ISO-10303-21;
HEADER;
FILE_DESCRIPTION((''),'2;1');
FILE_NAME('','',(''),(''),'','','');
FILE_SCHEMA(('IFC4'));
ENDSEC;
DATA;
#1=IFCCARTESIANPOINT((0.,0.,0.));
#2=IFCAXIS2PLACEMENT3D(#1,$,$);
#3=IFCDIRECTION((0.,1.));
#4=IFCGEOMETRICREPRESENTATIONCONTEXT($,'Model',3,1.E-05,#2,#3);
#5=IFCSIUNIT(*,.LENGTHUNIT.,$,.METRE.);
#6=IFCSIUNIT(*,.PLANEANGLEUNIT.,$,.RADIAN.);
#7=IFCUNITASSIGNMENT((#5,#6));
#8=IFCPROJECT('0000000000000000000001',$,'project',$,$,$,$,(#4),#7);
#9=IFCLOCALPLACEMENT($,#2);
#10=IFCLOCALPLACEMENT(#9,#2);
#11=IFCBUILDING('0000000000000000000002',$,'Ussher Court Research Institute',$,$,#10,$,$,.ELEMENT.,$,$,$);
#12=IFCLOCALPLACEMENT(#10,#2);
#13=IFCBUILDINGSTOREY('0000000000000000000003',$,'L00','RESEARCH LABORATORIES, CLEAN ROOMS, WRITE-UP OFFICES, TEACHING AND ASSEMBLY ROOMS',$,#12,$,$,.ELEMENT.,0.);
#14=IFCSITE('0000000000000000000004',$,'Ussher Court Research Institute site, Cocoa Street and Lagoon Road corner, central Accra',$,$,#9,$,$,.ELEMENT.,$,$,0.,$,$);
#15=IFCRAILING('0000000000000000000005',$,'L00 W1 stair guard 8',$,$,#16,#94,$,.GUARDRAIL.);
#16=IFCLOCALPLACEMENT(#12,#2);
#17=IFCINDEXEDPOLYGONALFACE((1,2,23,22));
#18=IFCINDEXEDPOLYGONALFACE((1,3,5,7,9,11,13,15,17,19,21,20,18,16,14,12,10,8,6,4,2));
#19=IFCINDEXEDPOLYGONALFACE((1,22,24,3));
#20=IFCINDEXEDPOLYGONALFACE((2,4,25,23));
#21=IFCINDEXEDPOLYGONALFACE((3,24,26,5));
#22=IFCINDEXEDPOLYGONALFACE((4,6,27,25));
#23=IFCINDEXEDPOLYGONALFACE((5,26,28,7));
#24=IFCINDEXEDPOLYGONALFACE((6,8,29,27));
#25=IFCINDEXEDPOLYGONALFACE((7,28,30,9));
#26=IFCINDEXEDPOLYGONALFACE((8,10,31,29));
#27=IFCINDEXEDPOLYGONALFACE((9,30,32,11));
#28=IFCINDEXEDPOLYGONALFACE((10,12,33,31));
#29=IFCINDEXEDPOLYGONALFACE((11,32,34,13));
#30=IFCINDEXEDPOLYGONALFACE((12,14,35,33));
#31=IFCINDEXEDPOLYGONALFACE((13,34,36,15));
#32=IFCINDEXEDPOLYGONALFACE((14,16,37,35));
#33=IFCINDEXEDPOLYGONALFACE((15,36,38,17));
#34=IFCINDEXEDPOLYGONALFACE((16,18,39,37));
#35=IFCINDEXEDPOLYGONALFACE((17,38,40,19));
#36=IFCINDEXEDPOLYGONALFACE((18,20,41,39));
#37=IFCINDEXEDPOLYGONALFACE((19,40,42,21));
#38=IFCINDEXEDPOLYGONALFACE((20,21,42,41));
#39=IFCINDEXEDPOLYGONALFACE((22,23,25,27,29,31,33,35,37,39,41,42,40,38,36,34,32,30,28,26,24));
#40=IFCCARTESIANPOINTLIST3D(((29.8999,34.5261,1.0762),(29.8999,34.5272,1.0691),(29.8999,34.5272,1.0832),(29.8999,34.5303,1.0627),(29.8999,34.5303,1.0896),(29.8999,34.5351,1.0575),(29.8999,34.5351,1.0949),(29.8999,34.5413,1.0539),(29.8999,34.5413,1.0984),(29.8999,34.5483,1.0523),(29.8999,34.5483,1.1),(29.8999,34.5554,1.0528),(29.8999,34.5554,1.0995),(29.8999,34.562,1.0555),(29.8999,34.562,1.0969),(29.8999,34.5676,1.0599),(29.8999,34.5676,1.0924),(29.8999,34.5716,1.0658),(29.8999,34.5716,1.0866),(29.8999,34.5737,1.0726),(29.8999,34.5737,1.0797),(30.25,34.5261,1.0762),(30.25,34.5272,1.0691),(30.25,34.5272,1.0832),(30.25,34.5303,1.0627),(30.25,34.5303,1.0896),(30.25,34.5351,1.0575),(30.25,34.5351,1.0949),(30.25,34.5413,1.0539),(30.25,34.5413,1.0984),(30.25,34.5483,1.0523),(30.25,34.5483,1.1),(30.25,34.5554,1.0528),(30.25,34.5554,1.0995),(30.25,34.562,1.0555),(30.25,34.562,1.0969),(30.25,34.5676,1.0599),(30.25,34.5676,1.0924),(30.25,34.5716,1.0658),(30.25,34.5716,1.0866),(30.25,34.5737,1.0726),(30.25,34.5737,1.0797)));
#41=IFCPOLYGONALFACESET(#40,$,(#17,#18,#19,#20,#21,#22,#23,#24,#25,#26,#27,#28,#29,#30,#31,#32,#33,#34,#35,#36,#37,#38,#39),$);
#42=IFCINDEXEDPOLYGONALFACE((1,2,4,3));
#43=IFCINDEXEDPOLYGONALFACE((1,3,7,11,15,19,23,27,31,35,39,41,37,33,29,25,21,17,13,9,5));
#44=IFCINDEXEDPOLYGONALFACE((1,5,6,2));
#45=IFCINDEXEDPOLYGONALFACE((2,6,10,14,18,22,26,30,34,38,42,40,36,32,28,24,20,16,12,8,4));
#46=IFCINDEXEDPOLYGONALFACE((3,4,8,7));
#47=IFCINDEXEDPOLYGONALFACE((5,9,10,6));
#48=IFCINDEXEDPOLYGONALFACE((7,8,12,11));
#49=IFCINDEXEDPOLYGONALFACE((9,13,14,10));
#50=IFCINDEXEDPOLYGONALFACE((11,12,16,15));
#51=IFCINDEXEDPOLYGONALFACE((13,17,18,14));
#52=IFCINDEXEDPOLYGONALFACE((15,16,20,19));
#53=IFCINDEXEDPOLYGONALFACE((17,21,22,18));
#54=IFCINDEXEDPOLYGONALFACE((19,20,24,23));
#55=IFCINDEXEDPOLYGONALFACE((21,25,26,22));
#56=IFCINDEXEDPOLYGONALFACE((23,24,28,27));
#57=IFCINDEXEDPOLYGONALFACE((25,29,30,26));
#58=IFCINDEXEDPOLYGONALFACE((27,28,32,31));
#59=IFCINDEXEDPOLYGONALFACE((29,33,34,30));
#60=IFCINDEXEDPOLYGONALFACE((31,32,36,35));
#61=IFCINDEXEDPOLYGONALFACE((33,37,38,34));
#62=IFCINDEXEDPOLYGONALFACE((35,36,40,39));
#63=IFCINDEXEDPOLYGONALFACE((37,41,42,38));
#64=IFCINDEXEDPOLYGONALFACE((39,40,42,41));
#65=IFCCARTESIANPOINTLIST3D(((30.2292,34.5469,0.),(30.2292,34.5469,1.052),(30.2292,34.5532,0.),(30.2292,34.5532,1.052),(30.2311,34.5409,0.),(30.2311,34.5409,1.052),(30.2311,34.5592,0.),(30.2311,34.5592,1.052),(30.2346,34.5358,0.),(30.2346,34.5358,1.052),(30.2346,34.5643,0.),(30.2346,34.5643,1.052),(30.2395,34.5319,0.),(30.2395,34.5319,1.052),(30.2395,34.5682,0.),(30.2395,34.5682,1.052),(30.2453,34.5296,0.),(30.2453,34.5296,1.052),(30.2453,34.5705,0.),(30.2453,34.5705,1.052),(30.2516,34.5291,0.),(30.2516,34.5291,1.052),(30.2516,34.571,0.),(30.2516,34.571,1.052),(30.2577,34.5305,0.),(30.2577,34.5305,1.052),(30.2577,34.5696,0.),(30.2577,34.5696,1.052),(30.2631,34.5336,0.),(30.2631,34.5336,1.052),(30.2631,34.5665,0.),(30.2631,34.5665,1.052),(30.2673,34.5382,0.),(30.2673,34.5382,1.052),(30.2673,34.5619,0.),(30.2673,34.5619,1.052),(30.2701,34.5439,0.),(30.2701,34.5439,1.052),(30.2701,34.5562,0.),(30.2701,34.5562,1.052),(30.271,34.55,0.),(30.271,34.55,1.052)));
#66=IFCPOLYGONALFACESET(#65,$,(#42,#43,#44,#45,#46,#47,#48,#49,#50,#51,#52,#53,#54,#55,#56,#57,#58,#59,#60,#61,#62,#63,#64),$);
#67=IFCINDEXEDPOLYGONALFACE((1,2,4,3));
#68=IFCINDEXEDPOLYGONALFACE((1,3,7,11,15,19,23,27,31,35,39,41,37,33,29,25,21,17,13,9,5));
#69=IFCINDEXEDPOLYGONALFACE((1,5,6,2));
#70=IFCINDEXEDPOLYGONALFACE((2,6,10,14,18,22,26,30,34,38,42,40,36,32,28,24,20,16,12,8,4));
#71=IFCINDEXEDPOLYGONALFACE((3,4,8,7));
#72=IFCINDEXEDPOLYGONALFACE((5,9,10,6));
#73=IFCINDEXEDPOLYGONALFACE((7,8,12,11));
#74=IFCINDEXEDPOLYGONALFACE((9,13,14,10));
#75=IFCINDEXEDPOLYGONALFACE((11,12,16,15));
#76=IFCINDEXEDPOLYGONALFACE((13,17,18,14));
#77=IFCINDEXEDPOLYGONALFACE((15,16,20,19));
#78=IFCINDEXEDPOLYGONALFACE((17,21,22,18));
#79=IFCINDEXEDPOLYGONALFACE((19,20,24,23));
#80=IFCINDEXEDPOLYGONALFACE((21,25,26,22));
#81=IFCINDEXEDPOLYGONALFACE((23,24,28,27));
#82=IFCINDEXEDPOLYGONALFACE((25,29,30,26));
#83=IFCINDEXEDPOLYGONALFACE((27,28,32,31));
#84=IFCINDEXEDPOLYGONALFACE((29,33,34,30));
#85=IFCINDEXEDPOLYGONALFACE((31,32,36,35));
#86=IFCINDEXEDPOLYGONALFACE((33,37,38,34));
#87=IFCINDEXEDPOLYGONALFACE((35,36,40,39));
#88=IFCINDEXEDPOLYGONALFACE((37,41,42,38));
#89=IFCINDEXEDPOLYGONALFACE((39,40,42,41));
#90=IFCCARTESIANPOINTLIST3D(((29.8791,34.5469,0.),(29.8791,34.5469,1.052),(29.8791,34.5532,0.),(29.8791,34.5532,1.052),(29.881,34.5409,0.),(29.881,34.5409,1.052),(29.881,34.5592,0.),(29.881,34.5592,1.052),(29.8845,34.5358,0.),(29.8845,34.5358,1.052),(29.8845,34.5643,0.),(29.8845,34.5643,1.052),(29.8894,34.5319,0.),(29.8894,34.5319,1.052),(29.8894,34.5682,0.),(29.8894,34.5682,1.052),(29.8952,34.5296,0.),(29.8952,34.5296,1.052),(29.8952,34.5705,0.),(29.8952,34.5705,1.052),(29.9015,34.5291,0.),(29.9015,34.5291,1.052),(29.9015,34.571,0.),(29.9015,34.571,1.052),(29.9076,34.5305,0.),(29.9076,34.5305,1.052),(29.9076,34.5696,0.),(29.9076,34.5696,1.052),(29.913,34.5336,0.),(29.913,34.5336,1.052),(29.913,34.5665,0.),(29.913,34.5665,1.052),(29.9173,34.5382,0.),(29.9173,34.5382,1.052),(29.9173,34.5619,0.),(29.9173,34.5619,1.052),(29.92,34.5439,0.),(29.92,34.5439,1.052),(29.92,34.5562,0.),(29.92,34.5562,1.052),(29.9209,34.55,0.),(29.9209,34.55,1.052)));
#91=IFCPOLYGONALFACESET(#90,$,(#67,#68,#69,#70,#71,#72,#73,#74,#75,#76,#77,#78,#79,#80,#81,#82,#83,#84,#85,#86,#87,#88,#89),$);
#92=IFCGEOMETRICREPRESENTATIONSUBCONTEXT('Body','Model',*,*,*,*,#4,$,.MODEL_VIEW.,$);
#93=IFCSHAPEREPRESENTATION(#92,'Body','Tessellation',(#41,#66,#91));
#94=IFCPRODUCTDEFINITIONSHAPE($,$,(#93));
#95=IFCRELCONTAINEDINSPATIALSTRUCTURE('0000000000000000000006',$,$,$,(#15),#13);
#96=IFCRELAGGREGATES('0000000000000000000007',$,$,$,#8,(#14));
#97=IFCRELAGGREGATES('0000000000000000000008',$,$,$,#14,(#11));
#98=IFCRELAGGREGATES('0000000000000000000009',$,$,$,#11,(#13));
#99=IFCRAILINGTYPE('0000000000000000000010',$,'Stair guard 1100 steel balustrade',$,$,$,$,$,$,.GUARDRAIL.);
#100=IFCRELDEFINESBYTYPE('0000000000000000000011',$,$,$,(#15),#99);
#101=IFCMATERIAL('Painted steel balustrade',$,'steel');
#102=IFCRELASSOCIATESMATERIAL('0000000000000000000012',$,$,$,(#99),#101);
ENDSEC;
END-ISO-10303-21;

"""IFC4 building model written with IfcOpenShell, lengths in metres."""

from ifc_helpers import new_model, si_unit, direction, frame, origin, origin_2d, place, context, subcontext, project, spatial, circle, extrude, material, type_object, element, save


model = new_model("IFC4")

# Units and contexts
model_context = context("Model", 3, precision=1e-05, world=origin(), true_north=direction((0.0, 1.0)))
body_context = subcontext(model_context, "Body", "Model", "MODEL_VIEW")
ifc_project = project(units=[si_unit("LENGTHUNIT", "METRE"), si_unit("PLANEANGLEUNIT", "RADIAN")], contexts=[model_context])

# Site, building, storey
site_placement = place(None, origin())
site = spatial("IfcSite", under=ifc_project, at=site_placement, Name="Ussher Court Research Institute site, Cocoa Street and Lagoon Road corner, central Accra", CompositionType="ELEMENT", RefElevation=0.0)
building_placement = place(site_placement, origin())
building = spatial("IfcBuilding", under=site, at=building_placement, Name="Ussher Court Research Institute", CompositionType="ELEMENT")
storey_placement = place(building_placement, origin())
storey = spatial("IfcBuildingStorey", under=building, at=storey_placement, Name="L00", Description="RESEARCH LABORATORIES, CLEAN ROOMS, WRITE-UP OFFICES, TEACHING AND ASSEMBLY ROOMS", CompositionType="ELEMENT", Elevation=0.0)

# Railing
ifc_material_1 = material(Name="Painted steel balustrade", Category="steel")
railing_type_1 = type_object("IfcRailingType", Name="Stair guard 1100 steel balustrade", PredefinedType="GUARDRAIL", material=ifc_material_1)
railing_1_placement = place(storey_placement, frame((30.25, 34.55, 0.0)))
element("IfcRailing", 1, at=railing_1_placement, inside=storey, type_object=railing_type_1, Name="L00 W1 stair guard 8", PredefinedType="GUARDRAIL", context=body_context, shape_type="SweptSolid", body=[
    extrude(circle(Radius=0.0239, at=origin_2d()), frame((0.0, 0.0, 1.0762), z_axis=(-1.0, 0.0, 0.0), x_axis=(0.0, -1.0, 0.0)), (0.0, 0.0, 1.0), 0.3501),
    extrude(circle(Radius=0.021, at=origin_2d()), origin(), (0.0, 0.0, 1.0), 1.052),
    extrude(circle(Radius=0.021, at=origin_2d()), frame((-0.3501, 0.0, 0.0)), (0.0, 0.0, 1.0), 1.052),
])

save(model, "model.ifc")
